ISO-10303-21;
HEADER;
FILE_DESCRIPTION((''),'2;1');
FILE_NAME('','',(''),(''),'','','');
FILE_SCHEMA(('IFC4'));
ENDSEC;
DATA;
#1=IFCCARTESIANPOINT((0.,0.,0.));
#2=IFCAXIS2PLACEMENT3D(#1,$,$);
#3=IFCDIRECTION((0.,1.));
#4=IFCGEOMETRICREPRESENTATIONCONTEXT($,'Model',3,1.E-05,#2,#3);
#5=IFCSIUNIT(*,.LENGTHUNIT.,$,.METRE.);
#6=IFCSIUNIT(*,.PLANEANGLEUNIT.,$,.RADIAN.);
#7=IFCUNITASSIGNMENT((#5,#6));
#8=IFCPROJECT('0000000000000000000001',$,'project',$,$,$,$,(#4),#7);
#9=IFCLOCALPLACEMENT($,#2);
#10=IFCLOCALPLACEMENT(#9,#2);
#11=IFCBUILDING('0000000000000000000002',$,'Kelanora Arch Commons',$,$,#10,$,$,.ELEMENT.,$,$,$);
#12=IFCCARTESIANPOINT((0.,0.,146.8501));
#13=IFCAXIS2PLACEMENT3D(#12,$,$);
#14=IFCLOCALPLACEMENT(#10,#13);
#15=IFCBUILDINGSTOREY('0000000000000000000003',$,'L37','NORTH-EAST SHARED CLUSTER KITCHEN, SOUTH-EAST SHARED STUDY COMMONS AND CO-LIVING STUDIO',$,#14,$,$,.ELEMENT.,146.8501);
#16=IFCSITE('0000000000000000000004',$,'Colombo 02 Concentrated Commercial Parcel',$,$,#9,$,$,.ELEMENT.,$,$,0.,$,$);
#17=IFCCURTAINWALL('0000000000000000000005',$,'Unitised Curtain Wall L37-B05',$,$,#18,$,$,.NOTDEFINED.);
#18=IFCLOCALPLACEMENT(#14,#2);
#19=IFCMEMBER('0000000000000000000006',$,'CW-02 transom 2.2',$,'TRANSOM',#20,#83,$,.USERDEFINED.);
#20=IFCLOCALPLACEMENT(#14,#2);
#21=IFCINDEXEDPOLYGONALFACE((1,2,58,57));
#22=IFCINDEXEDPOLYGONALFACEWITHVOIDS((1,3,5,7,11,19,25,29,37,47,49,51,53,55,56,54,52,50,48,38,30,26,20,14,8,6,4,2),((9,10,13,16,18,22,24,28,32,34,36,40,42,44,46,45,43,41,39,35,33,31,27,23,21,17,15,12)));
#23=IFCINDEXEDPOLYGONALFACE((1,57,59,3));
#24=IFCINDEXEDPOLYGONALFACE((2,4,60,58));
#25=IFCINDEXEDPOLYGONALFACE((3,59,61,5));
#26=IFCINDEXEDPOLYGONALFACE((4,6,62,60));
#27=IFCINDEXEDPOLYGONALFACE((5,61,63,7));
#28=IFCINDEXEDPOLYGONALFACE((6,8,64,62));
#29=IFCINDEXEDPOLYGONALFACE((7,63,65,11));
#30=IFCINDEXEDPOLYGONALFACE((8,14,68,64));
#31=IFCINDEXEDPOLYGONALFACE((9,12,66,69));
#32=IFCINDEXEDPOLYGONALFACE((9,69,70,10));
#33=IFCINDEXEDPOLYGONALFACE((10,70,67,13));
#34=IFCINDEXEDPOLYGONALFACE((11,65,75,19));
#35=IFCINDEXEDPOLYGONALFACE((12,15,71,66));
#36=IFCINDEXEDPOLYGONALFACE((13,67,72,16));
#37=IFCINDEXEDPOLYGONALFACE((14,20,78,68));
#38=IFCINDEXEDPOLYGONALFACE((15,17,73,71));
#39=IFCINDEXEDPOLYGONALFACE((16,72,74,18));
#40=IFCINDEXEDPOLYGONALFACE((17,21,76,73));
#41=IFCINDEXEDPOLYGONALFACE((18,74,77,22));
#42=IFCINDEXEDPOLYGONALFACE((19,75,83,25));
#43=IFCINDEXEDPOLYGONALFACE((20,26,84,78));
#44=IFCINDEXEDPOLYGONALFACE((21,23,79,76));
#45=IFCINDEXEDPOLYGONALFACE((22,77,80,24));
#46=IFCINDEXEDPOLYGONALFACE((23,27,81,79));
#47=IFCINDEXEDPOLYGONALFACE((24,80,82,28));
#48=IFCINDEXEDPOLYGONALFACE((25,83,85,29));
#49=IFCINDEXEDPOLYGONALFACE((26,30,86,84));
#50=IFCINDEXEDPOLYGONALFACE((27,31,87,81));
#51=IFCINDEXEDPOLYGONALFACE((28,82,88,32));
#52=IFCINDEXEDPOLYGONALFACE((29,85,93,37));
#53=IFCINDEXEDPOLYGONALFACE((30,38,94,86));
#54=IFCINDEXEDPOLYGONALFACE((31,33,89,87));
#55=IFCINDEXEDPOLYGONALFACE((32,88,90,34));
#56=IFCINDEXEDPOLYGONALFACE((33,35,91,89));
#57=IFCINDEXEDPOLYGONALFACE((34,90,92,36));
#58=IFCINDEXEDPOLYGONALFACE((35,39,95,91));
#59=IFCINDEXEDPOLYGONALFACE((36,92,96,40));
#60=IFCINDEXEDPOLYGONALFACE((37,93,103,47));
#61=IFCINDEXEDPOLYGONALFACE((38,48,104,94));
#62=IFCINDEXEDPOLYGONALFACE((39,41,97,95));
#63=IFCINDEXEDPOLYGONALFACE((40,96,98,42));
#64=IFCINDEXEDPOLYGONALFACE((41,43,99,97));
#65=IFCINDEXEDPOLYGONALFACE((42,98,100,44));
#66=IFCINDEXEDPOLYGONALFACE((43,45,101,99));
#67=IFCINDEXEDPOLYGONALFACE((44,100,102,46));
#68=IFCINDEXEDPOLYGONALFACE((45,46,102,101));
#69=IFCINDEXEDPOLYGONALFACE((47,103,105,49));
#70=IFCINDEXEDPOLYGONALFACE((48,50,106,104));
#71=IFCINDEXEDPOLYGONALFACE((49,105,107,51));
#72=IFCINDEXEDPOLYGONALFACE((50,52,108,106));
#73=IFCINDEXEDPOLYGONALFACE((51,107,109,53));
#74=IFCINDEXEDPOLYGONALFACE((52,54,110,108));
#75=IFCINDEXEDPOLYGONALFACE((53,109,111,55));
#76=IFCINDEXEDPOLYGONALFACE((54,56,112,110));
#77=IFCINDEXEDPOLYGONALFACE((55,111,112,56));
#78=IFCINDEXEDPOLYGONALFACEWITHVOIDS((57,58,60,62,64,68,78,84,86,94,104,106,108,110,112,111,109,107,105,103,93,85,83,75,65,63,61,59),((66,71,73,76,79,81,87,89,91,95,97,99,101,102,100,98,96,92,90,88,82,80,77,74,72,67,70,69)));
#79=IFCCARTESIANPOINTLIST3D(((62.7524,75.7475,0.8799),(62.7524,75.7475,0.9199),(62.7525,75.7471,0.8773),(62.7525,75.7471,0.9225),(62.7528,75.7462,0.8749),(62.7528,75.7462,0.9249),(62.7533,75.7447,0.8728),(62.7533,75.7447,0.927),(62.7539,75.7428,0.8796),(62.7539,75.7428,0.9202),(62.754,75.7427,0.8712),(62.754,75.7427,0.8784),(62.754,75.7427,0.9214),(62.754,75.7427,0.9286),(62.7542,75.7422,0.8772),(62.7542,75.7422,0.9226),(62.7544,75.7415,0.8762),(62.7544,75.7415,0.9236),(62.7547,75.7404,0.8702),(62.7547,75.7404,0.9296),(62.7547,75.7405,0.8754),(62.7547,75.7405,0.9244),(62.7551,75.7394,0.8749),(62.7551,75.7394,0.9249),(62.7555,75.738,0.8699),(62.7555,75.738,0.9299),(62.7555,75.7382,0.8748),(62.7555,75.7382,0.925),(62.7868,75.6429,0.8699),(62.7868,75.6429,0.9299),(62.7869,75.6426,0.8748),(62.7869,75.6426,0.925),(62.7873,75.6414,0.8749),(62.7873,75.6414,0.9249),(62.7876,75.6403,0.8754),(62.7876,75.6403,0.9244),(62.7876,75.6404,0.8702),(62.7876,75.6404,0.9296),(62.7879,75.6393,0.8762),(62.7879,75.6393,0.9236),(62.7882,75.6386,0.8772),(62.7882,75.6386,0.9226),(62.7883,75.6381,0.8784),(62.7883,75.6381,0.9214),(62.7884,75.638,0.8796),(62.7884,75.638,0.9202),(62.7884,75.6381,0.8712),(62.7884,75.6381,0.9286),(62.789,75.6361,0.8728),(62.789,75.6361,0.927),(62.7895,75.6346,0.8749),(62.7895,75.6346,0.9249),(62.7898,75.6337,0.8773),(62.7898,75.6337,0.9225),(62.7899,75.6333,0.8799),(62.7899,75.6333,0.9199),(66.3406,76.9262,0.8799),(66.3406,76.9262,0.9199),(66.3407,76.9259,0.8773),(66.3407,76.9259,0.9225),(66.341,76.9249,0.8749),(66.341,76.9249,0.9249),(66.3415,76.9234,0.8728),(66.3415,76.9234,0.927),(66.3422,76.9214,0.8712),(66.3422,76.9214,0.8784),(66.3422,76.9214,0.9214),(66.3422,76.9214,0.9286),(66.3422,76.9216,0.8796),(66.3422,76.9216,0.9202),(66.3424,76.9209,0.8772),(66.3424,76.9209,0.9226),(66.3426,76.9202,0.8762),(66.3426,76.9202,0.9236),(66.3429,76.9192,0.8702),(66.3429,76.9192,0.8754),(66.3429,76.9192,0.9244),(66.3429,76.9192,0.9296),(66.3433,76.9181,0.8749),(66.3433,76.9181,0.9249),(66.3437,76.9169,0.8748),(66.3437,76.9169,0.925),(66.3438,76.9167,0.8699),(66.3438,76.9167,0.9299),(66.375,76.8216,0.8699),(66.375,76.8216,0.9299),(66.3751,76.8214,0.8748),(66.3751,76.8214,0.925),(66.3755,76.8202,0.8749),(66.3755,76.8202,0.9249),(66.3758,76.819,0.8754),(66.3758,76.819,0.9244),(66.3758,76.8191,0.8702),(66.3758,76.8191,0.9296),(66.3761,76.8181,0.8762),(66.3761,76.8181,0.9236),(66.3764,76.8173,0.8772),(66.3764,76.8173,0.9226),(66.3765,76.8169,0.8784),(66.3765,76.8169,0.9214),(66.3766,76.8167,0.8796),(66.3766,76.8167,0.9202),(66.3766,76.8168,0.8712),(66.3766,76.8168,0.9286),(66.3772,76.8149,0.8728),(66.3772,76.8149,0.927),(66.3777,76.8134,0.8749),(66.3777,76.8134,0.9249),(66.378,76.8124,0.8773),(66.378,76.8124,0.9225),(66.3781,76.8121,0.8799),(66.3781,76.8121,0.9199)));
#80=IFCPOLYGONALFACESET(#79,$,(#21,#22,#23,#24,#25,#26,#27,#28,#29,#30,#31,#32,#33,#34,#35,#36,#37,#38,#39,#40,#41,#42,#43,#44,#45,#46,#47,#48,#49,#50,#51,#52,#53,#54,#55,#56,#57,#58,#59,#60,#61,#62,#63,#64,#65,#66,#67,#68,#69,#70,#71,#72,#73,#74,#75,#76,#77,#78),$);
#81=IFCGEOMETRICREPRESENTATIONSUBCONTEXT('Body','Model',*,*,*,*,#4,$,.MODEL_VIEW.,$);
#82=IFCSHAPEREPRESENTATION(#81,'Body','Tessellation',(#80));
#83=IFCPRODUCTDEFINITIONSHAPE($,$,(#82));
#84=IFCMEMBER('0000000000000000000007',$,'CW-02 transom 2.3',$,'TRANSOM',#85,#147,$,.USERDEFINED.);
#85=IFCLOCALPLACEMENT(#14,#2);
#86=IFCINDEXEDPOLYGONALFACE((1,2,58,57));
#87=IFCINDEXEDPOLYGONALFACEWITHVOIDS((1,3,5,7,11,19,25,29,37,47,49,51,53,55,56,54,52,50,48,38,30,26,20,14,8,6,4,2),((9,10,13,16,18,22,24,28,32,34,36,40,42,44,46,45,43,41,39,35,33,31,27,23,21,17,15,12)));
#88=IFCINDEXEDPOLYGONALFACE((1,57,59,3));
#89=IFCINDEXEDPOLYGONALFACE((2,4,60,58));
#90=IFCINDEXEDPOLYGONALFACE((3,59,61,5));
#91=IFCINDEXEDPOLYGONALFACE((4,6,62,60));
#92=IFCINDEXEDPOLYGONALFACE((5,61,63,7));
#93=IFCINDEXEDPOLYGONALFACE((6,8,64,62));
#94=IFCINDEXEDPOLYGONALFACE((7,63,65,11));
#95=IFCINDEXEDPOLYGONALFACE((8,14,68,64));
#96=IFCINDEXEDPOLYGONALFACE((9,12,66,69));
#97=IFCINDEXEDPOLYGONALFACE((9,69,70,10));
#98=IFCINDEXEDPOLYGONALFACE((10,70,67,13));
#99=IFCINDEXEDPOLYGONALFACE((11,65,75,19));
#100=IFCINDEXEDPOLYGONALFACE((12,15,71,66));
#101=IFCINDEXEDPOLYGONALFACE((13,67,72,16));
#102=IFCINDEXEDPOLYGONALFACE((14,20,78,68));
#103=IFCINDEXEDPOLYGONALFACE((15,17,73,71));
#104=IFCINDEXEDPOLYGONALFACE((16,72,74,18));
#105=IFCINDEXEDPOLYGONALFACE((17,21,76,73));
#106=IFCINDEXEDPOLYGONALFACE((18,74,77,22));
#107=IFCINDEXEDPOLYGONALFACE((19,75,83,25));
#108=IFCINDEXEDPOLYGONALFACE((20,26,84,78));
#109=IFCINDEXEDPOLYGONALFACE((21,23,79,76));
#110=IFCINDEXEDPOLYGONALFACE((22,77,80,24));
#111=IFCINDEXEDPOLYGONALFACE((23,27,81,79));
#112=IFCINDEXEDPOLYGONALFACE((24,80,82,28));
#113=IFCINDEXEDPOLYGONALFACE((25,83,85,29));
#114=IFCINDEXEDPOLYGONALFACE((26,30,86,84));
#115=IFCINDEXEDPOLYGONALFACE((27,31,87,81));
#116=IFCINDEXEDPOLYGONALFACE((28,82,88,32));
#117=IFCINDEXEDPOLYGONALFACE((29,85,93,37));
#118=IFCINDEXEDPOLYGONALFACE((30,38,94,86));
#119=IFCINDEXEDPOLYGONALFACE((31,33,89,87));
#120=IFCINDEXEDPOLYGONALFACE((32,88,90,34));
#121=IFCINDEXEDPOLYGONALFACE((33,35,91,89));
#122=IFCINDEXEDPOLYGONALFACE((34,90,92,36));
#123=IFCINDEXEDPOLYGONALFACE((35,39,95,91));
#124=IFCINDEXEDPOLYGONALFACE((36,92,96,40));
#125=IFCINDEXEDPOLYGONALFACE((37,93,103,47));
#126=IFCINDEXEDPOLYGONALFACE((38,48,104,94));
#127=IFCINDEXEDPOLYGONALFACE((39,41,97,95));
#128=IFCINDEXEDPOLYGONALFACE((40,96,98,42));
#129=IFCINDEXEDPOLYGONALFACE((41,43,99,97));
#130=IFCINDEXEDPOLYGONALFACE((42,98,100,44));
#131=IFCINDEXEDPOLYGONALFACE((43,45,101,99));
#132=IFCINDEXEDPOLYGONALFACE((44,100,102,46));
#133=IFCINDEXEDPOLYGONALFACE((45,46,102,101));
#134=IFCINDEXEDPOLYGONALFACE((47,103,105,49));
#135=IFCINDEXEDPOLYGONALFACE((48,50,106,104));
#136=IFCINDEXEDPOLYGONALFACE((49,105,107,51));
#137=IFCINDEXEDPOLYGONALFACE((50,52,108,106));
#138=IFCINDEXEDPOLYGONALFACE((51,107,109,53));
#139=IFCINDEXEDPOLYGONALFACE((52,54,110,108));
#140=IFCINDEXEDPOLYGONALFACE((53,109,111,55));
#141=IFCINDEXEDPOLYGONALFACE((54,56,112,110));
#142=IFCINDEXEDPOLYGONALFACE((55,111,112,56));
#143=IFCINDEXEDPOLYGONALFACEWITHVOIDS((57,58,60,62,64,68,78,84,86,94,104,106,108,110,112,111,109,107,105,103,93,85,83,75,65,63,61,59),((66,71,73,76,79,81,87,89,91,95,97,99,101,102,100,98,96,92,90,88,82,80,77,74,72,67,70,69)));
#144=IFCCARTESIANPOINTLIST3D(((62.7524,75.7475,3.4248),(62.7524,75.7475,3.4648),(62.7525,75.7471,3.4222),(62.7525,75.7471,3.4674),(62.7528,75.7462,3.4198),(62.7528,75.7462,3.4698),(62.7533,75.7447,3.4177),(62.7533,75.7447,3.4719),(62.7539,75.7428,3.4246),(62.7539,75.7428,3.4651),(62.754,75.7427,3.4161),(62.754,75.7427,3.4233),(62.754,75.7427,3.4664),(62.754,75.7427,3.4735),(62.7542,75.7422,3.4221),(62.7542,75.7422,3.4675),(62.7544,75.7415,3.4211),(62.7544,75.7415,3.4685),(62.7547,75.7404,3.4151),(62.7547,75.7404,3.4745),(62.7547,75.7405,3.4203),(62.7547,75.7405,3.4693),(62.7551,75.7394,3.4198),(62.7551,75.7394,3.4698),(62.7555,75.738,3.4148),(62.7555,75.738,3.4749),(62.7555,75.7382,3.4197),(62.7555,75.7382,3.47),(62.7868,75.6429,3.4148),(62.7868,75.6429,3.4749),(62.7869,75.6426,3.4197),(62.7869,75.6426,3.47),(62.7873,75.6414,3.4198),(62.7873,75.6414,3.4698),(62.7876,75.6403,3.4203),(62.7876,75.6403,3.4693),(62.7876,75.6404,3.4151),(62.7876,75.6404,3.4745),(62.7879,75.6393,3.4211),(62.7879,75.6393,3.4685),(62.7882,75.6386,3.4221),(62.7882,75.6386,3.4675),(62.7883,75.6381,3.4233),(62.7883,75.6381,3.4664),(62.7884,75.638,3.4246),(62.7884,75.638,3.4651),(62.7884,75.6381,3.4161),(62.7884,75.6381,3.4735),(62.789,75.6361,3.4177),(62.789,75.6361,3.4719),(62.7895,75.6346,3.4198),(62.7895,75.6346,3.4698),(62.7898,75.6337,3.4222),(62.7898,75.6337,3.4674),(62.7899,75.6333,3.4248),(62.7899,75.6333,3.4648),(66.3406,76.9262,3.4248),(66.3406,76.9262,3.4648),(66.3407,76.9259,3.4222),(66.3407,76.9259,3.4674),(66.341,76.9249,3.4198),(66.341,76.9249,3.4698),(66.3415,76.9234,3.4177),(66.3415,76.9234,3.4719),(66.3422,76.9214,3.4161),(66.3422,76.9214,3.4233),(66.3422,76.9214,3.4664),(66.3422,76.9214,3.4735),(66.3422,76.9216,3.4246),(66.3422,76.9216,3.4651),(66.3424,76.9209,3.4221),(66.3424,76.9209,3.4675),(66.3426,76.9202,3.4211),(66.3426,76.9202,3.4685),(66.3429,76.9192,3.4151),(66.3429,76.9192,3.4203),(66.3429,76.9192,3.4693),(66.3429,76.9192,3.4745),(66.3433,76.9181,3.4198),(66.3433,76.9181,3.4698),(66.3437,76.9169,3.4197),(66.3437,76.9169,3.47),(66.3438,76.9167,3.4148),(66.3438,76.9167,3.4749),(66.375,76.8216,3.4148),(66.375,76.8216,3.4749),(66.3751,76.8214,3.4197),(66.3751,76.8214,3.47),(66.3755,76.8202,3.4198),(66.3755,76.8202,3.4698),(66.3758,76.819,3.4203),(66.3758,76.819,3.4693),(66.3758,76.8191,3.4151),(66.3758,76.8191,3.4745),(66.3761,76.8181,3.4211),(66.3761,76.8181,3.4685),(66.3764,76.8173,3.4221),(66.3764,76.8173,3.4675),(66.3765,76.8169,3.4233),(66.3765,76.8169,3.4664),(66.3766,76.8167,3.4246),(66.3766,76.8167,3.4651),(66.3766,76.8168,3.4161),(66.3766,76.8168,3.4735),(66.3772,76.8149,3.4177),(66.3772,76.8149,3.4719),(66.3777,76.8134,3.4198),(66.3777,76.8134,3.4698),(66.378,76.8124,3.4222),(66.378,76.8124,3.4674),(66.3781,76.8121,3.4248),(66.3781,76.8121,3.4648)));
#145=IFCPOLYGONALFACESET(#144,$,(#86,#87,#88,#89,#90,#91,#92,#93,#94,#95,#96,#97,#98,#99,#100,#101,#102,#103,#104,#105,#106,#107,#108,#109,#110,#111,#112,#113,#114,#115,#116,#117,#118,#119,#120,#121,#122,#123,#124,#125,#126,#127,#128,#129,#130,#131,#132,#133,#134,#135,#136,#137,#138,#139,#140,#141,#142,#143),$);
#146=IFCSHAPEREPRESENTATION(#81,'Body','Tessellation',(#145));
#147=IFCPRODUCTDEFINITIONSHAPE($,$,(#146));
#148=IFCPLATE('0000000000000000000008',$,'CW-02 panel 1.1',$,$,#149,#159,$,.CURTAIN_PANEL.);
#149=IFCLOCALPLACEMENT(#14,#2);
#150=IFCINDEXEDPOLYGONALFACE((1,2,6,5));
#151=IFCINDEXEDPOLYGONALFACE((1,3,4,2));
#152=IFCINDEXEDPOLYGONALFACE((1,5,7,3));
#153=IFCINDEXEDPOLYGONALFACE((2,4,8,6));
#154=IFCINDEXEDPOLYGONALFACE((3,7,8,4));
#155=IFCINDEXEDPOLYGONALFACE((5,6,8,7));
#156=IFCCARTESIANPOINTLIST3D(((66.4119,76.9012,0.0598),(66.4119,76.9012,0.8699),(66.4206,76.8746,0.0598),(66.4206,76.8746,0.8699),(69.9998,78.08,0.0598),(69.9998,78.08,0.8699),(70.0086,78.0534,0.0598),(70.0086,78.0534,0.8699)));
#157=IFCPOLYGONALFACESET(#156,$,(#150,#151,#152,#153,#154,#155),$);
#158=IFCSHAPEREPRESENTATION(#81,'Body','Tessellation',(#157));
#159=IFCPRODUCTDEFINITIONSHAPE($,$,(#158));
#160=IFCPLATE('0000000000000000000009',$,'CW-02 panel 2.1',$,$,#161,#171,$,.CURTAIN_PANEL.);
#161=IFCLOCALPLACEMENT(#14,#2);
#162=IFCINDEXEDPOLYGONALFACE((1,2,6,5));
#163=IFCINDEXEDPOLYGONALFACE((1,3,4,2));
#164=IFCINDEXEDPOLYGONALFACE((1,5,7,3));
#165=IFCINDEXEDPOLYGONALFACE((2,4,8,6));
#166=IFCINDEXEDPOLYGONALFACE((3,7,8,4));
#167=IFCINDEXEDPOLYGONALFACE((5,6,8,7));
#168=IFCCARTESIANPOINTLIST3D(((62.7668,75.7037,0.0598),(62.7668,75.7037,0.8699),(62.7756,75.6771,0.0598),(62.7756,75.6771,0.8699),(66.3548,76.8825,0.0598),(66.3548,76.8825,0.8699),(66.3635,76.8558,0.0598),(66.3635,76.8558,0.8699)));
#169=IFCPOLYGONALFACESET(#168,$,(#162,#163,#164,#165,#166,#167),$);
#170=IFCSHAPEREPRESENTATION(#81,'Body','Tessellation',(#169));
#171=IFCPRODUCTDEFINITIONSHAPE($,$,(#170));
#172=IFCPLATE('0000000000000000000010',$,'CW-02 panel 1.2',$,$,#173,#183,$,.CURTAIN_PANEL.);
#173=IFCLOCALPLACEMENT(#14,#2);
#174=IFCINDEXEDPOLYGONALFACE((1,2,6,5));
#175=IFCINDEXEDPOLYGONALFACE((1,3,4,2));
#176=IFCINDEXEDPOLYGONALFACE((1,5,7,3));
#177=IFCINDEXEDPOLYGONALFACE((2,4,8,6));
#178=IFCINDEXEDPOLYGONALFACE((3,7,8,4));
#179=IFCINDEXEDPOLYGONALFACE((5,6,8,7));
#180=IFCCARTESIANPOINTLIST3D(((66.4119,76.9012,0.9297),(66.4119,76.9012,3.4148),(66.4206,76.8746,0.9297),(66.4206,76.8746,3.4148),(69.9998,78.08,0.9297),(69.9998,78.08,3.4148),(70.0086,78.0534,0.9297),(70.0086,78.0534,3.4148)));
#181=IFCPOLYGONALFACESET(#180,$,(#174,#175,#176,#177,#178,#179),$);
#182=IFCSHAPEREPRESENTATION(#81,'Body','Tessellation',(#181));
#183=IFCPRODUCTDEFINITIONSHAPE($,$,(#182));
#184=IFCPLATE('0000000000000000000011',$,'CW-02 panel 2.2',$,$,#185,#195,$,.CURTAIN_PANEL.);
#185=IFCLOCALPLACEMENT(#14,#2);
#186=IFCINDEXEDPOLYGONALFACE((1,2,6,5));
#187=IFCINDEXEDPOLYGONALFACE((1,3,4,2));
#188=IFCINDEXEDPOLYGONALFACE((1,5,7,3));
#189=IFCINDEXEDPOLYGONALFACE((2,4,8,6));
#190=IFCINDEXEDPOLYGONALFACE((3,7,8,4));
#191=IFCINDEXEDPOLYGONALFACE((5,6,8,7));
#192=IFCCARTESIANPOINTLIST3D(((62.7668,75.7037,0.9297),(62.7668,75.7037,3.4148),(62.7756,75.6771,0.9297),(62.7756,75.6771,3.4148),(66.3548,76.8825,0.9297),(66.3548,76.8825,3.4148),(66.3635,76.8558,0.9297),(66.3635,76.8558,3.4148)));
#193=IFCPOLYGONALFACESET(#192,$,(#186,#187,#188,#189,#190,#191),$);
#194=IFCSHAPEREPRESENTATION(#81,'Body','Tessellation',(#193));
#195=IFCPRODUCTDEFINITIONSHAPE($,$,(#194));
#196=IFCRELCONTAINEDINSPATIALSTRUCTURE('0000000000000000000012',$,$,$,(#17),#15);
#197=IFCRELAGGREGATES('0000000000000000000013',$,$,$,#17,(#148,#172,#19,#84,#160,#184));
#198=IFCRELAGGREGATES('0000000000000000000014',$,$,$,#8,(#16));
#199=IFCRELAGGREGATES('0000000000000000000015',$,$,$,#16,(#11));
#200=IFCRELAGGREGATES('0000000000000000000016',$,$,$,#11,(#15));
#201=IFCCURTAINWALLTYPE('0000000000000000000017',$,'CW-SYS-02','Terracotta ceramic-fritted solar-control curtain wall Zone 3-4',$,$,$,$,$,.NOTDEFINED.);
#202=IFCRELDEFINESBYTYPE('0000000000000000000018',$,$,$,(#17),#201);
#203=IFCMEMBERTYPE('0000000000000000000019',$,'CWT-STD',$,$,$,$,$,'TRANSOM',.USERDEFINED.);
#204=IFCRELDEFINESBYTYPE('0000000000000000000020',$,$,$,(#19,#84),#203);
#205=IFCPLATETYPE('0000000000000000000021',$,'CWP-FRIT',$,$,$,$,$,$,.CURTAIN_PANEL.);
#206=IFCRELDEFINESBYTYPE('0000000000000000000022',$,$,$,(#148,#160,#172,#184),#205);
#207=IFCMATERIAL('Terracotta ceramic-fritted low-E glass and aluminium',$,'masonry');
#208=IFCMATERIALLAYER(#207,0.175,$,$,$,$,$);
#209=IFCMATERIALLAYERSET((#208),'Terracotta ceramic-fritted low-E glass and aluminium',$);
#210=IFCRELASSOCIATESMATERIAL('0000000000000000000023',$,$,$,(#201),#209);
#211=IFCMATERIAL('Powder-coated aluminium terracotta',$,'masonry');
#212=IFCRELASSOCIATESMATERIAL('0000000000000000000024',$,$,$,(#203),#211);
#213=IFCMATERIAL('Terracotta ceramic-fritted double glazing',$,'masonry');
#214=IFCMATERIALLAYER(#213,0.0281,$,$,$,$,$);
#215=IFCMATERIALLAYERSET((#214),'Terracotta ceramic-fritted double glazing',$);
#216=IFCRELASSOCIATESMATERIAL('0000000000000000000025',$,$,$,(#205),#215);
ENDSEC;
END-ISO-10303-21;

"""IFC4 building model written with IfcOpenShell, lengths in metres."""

from ifc_helpers import new_model, si_unit, direction, frame, origin, origin_2d, place, context, subcontext, project, spatial, rectangle, hollow_rectangle, extrude, source, transform, mapped, material, layer, layer_set, material_profile, profile_set, type_object, element, aggregate, save


model = new_model("IFC4")

# Units and contexts
model_context = context("Model", 3, precision=1e-05, world=origin(), true_north=direction((0.0, 1.0)))
body_context = subcontext(model_context, "Body", "Model", "MODEL_VIEW")
ifc_project = project(units=[si_unit("LENGTHUNIT", "METRE"), si_unit("PLANEANGLEUNIT", "RADIAN")], contexts=[model_context])

# Site, building, storey
site_placement = place(None, origin())
site = spatial("IfcSite", under=ifc_project, at=site_placement, Name="Colombo 02 Concentrated Commercial Parcel", CompositionType="ELEMENT", RefElevation=0.0)
building_placement = place(site_placement, origin())
building = spatial("IfcBuilding", under=site, at=building_placement, Name="Kelanora Arch Commons", CompositionType="ELEMENT")
storey_placement = place(building_placement, frame((0.0, 0.0, 146.8501)))
storey = spatial("IfcBuildingStorey", under=building, at=storey_placement, Name="L37", Description="NORTH-EAST SHARED CLUSTER KITCHEN, SOUTH-EAST SHARED STUDY COMMONS AND CO-LIVING STUDIO", CompositionType="ELEMENT", Elevation=146.8501)

# Curtain wall, members, plates
ifc_material_1 = material(Name="Terracotta ceramic-fritted low-E glass and aluminium", Category="masonry")
ifc_layer_1 = layer(ifc_material_1, 0.175)
ifc_layer_set_1 = layer_set([ifc_layer_1], Name="Terracotta ceramic-fritted low-E glass and aluminium")
curtain_wall_type = type_object("IfcCurtainWallType", Name="CW-SYS-02", Description="Terracotta ceramic-fritted solar-control curtain wall Zone 3-4", PredefinedType="NOTDEFINED", material=ifc_layer_set_1)
curtain_wall_placement = place(storey_placement, origin())
curtain_wall = element("IfcCurtainWall", 1, at=curtain_wall_placement, inside=storey, type_object=curtain_wall_type, Name="Unitised Curtain Wall L37-B05", PredefinedType="NOTDEFINED")
ifc_material_2 = material(Name="Powder-coated aluminium terracotta", Category="masonry")
ifc_material_profile_1 = material_profile(ifc_material_2, hollow_rectangle(XDim=0.1201, YDim=0.0601, WallThickness=0.0049, InnerFilletRadius=0.0049, OuterFilletRadius=0.01, at=origin_2d()), Name="CWT120x60")
ifc_profile_set_1 = profile_set([ifc_material_profile_1], Name="Powder-coated aluminium terracotta")
member_type_1 = type_object("IfcMemberType", Name="CWT-STD", ElementType="TRANSOM", PredefinedType="USERDEFINED", material=ifc_profile_set_1)
member_1_placement = place(storey_placement, frame((66.3594, 76.8691, 0.8999), z_axis=(-0.950051, -0.312094, 0.0), x_axis=(0.312094, -0.950051, 0.0)))
member_1 = element("IfcMember", 2, at=member_1_placement, type_object=member_type_1, Name="CW-02 transom 2.2", ObjectType="TRANSOM", PredefinedType="USERDEFINED", context=body_context, shape_type="SweptSolid", body=[
    extrude(hollow_rectangle(XDim=0.1201, YDim=0.0601, WallThickness=0.0049, InnerFilletRadius=0.0049, OuterFilletRadius=0.01, at=origin_2d()), origin(), (0.0, 0.0, 1.0), 3.7769),
])
member_2_placement = place(storey_placement, frame((66.3594, 76.8691, 3.4448), z_axis=(-0.950051, -0.312094, 0.0), x_axis=(0.312094, -0.950051, 0.0)))
member_2 = element("IfcMember", 3, at=member_2_placement, type_object=member_type_1, Name="CW-02 transom 2.3", ObjectType="TRANSOM", PredefinedType="USERDEFINED", context=body_context, shape_type="SweptSolid", body=[
    extrude(hollow_rectangle(XDim=0.1201, YDim=0.0601, WallThickness=0.0049, InnerFilletRadius=0.0049, OuterFilletRadius=0.01, at=origin_2d()), origin(), (0.0, 0.0, 1.0), 3.7769),
])
ifc_material_3 = material(Name="Terracotta ceramic-fritted double glazing", Category="masonry")
ifc_layer_2 = layer(ifc_material_3, 0.0281)
ifc_layer_set_2 = layer_set([ifc_layer_2], Name="Terracotta ceramic-fritted double glazing")
plate_type = type_object("IfcPlateType", Name="CWP-FRIT", PredefinedType="CURTAIN_PANEL", material=ifc_layer_set_2)
shared_shape_1 = source(origin(), body_context, "Body", "SweptSolid", [
    extrude(rectangle(XDim=3.7766, YDim=0.0281, at=origin_2d()), origin(), (0.0, 0.0, 1.0), 0.8101),
])
plate_1_placement = place(storey_placement, frame((68.2102, 77.4773, 0.0598), z_axis=(0.0, 0.0, 1.0), x_axis=(-0.95004, -0.312128, 0.0)))
plate_1 = element("IfcPlate", 4, at=plate_1_placement, type_object=plate_type, Name="CW-02 panel 1.1", PredefinedType="CURTAIN_PANEL", context=body_context, shape_type="MappedRepresentation", body=[
    mapped(shared_shape_1, transform((0.0, 0.0, 0.0), scale=1.0)),
])
plate_2_placement = place(storey_placement, frame((64.5652, 76.2798, 0.0598), z_axis=(0.0, 0.0, 1.0), x_axis=(-0.95004, -0.312128, 0.0)))
plate_2 = element("IfcPlate", 5, at=plate_2_placement, type_object=plate_type, Name="CW-02 panel 2.1", PredefinedType="CURTAIN_PANEL", context=body_context, shape_type="MappedRepresentation", body=[
    mapped(shared_shape_1, transform((0.0, 0.0, 0.0), scale=1.0)),
])
shared_shape_2 = source(origin(), body_context, "Body", "SweptSolid", [
    extrude(rectangle(XDim=3.7766, YDim=0.0281, at=origin_2d()), origin(), (0.0, 0.0, 1.0), 2.4851),
])
plate_3_placement = place(storey_placement, frame((68.2102, 77.4773, 0.9297), z_axis=(0.0, 0.0, 1.0), x_axis=(-0.95004, -0.312128, 0.0)))
plate_3 = element("IfcPlate", 6, at=plate_3_placement, type_object=plate_type, Name="CW-02 panel 1.2", PredefinedType="CURTAIN_PANEL", context=body_context, shape_type="MappedRepresentation", body=[
    mapped(shared_shape_2, transform((0.0, 0.0, 0.0), scale=1.0)),
])
plate_4_placement = place(storey_placement, frame((64.5652, 76.2798, 0.9297), z_axis=(0.0, 0.0, 1.0), x_axis=(-0.95004, -0.312128, 0.0)))
plate_4 = element("IfcPlate", 7, at=plate_4_placement, type_object=plate_type, Name="CW-02 panel 2.2", PredefinedType="CURTAIN_PANEL", context=body_context, shape_type="MappedRepresentation", body=[
    mapped(shared_shape_2, transform((0.0, 0.0, 0.0), scale=1.0)),
])
aggregate(curtain_wall, [plate_1, plate_3, member_1, member_2, plate_2, plate_4])

save(model, "model.ifc")
